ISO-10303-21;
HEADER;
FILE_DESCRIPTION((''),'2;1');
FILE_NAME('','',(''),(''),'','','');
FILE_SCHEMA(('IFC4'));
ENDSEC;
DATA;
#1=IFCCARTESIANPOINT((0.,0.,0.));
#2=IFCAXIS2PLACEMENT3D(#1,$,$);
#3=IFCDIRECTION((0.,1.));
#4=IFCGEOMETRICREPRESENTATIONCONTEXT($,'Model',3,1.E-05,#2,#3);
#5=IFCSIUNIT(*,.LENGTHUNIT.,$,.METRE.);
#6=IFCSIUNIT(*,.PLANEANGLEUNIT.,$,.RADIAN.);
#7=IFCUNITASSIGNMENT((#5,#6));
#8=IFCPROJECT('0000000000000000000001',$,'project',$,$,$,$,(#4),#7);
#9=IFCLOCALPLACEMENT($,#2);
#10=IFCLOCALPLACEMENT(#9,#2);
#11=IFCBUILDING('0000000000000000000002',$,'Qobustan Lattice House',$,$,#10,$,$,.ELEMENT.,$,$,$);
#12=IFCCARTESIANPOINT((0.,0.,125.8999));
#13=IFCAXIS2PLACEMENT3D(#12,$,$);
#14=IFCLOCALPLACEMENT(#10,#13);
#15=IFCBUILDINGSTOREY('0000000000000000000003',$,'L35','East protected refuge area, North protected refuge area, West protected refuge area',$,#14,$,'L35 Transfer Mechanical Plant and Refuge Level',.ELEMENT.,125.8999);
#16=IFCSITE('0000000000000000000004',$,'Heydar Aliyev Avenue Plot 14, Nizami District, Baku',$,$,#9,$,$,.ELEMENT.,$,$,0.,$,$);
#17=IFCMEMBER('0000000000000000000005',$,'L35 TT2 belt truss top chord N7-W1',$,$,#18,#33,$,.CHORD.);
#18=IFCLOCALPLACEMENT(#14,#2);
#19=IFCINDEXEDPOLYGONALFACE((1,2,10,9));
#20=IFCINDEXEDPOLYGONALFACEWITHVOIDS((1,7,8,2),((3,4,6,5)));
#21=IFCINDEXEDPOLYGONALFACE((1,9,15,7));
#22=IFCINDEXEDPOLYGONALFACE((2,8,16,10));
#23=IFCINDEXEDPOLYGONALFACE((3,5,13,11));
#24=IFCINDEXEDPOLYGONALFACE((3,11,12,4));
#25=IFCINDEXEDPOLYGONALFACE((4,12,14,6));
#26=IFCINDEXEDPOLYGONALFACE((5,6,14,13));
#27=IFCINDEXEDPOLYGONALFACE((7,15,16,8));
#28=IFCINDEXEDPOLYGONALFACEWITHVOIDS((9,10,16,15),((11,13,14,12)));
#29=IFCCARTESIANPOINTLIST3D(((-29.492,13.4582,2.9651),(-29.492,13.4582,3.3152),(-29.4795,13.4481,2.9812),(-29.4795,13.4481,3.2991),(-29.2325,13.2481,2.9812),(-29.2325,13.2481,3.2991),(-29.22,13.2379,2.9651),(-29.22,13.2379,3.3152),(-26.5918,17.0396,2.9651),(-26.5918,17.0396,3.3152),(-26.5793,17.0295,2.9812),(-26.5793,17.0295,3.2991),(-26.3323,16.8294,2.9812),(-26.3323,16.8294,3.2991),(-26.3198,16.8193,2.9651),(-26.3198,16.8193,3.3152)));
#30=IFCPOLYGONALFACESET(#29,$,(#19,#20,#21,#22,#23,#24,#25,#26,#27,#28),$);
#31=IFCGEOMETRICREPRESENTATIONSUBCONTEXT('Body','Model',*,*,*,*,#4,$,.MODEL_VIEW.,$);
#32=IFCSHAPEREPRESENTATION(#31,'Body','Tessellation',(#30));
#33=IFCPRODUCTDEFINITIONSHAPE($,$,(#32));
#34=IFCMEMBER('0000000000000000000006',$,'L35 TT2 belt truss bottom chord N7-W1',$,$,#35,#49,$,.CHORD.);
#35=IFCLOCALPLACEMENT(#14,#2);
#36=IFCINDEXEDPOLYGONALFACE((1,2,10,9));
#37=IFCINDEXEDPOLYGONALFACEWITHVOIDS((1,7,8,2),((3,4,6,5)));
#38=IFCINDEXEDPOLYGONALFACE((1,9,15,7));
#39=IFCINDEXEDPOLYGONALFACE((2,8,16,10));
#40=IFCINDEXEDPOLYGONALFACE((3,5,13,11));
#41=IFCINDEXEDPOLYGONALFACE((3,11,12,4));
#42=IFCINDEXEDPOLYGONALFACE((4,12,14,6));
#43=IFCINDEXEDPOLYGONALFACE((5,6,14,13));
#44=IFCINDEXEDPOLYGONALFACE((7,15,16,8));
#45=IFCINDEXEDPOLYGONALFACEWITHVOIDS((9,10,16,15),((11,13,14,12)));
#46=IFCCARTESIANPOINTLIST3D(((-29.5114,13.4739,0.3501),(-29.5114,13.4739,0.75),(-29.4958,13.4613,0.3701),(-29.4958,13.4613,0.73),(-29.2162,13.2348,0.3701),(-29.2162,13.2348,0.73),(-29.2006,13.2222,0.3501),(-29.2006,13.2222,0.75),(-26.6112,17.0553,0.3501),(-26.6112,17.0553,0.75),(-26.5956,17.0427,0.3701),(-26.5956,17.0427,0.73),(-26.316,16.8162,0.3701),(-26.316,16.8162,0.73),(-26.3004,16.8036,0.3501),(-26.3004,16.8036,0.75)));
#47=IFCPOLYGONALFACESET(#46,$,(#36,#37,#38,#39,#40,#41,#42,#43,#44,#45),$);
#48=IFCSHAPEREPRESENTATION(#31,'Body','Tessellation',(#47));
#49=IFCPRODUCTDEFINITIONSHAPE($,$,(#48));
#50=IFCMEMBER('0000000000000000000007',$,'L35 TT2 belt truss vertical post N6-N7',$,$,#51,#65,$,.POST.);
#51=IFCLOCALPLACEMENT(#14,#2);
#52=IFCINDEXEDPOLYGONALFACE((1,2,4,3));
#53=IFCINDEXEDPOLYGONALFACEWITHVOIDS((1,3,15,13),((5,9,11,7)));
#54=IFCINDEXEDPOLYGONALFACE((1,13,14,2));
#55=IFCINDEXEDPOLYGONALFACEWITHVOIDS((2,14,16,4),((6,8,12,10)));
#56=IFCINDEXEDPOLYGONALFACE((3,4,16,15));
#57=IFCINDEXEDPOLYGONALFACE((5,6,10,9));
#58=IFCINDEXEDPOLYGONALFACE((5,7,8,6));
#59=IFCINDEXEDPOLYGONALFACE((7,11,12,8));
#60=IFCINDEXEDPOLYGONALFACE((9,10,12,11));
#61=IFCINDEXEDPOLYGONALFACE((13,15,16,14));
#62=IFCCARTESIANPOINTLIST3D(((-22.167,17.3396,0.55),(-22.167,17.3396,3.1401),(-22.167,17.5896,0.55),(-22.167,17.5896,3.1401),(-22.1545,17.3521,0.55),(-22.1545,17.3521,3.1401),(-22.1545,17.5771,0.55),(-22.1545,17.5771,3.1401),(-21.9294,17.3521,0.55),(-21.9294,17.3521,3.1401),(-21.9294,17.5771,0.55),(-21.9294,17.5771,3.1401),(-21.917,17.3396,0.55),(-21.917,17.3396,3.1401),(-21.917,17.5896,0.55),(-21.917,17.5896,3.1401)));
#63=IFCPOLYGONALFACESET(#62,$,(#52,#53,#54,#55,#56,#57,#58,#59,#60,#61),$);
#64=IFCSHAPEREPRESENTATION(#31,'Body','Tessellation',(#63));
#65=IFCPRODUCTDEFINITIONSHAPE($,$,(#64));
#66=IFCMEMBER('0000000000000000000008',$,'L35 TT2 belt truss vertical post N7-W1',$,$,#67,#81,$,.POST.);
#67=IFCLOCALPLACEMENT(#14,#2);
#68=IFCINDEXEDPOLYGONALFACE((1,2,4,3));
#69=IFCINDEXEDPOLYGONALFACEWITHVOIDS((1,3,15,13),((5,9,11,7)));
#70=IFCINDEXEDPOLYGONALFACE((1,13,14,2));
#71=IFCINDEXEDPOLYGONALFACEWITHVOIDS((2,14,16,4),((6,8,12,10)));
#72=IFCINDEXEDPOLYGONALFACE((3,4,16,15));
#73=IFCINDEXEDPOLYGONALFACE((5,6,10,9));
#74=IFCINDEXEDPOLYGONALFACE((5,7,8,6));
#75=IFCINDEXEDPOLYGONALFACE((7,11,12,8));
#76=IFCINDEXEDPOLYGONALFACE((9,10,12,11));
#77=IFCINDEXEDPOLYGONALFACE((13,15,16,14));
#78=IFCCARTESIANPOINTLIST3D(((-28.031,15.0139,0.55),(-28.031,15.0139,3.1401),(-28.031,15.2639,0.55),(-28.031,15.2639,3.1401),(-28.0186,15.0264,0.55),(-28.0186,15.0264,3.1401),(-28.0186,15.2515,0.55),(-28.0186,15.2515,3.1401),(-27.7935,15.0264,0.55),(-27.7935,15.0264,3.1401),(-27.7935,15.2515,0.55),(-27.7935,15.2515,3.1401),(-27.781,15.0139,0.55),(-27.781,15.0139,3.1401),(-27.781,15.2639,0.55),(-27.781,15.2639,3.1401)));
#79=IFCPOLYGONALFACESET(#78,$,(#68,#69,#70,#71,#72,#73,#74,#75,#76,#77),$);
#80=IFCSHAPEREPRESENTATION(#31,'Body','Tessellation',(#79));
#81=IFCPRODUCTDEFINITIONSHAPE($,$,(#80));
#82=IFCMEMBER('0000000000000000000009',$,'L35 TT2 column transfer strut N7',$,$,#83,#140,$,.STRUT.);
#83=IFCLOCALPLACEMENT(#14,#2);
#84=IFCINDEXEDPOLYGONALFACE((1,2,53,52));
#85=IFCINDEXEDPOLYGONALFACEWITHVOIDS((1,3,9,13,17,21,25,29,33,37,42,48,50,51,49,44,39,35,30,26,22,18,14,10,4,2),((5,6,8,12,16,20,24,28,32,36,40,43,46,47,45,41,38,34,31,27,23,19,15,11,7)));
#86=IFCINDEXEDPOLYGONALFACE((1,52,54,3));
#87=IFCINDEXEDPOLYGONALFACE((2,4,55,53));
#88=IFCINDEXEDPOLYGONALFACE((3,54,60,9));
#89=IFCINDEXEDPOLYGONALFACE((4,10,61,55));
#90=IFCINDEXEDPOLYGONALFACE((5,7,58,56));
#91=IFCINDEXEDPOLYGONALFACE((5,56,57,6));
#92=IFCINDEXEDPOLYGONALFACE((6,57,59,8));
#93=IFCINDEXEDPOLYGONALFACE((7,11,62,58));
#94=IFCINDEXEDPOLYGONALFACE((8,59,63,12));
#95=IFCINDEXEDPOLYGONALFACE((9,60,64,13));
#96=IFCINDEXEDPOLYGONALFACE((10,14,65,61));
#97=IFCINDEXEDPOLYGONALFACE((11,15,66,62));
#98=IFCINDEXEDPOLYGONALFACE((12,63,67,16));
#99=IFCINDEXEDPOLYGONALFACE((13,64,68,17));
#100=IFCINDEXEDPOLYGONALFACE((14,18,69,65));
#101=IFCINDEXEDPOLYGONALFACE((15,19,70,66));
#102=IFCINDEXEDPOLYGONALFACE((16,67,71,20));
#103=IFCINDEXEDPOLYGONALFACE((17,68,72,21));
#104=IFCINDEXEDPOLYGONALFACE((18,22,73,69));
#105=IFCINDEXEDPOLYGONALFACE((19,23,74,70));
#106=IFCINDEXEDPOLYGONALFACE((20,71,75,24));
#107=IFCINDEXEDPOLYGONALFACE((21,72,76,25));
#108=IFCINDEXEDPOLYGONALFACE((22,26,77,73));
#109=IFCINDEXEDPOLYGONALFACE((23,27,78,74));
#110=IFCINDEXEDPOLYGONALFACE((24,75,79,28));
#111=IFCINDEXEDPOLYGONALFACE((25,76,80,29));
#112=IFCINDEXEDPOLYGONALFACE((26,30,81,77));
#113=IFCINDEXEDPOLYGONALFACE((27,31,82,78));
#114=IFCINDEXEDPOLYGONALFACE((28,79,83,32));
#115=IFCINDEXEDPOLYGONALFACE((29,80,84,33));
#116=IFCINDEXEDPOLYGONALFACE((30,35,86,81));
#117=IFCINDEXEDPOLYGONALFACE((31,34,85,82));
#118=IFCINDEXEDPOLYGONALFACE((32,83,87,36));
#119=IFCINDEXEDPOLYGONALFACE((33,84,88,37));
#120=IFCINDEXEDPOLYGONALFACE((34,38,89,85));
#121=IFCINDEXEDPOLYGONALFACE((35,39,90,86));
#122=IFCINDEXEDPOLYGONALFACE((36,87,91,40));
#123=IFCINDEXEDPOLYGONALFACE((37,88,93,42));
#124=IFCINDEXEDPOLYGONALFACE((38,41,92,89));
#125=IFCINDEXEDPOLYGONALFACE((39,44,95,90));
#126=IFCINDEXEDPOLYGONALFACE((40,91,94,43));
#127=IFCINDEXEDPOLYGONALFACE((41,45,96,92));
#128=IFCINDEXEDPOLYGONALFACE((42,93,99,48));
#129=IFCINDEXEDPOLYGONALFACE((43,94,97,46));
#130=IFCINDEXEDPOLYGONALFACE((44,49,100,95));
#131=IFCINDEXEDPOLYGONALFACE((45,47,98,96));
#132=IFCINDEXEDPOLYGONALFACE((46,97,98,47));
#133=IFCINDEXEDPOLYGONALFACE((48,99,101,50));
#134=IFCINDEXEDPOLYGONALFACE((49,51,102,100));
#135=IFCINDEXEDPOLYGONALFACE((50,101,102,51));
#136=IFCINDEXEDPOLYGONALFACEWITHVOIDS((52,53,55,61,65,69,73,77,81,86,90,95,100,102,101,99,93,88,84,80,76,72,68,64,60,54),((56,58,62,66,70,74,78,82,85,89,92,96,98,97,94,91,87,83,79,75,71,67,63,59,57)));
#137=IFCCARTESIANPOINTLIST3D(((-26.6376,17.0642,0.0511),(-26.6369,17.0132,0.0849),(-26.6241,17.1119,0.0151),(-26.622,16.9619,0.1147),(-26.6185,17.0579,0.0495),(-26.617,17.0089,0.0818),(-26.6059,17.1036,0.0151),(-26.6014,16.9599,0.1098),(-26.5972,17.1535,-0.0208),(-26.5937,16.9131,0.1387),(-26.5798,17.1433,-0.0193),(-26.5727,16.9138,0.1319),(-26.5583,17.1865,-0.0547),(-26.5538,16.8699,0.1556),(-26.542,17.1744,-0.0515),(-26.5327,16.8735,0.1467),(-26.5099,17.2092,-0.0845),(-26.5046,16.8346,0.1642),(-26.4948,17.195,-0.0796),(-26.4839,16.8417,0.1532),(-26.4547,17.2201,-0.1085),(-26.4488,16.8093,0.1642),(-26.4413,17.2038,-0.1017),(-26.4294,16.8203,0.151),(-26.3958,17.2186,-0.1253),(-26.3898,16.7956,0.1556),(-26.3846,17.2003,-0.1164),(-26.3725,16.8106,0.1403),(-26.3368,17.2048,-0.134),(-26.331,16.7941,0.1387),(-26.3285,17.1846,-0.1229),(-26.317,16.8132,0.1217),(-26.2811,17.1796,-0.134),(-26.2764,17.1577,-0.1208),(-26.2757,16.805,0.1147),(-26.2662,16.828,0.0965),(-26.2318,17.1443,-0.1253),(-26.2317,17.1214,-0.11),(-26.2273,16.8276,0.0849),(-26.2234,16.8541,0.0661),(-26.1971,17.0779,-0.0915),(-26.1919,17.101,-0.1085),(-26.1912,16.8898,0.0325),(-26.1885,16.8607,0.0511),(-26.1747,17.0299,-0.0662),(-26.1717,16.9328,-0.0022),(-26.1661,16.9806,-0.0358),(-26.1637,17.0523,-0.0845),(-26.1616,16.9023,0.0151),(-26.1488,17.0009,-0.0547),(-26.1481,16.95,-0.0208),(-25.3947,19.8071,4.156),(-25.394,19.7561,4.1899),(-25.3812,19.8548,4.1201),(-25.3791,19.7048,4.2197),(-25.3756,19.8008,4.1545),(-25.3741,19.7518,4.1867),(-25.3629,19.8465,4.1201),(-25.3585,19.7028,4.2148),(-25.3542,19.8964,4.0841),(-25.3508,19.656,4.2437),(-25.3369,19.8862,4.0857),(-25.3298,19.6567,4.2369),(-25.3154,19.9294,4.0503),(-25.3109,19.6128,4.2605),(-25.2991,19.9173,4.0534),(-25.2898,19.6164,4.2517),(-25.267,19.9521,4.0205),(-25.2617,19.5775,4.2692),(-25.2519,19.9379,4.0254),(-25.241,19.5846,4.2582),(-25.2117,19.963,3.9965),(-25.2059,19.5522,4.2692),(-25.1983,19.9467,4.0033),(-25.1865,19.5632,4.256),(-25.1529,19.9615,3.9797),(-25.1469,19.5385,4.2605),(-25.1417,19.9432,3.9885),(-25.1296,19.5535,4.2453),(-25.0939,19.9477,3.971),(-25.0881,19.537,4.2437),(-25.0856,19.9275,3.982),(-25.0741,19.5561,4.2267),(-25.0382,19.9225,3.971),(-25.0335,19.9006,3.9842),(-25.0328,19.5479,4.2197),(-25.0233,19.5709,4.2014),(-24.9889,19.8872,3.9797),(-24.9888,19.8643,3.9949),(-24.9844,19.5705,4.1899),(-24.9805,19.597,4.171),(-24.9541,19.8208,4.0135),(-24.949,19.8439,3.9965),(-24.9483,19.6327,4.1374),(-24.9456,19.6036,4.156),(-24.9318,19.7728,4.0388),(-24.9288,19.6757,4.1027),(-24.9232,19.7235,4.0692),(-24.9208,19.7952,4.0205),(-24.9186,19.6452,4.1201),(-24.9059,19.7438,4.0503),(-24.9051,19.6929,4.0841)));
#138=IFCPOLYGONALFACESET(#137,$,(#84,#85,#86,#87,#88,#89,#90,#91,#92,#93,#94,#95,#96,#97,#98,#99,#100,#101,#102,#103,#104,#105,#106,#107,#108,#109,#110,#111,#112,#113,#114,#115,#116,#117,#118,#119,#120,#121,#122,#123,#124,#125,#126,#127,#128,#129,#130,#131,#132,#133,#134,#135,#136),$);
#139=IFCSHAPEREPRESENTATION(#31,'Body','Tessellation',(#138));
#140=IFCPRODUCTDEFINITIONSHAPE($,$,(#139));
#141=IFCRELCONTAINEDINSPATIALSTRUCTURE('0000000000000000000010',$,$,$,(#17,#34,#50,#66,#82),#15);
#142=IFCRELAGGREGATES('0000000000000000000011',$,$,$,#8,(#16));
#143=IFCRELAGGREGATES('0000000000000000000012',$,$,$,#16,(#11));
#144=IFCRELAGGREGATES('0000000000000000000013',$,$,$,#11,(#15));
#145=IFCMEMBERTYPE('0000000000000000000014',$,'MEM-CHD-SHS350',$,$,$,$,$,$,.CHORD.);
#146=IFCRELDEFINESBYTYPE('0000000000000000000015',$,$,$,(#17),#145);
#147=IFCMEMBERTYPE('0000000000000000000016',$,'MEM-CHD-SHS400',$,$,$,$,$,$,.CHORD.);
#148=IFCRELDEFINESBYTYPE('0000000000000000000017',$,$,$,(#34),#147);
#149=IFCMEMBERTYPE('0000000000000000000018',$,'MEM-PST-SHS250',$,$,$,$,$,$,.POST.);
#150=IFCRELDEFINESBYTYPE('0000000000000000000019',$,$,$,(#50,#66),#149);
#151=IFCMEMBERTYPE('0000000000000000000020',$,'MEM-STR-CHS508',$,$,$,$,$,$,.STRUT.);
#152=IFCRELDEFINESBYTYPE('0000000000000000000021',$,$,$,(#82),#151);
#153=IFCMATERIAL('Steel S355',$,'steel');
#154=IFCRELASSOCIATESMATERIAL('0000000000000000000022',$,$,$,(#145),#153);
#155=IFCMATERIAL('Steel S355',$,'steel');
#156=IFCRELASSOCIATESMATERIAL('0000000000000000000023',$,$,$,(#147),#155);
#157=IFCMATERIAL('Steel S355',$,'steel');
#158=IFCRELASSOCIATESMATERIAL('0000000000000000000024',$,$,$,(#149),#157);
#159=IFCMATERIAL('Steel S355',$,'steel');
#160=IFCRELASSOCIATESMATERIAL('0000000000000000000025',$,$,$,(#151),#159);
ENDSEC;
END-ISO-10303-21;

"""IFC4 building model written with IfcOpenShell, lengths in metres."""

from ifc_helpers import new_model, si_unit, direction, frame, origin, origin_2d, place, context, subcontext, project, spatial, hollow_rectangle, hollow_circle, extrude, material, material_profile, profile_set, type_object, element, save


model = new_model("IFC4")

# Units and contexts
model_context = context("Model", 3, precision=1e-05, world=origin(), true_north=direction((0.0, 1.0)))
body_context = subcontext(model_context, "Body", "Model", "MODEL_VIEW")
ifc_project = project(units=[si_unit("LENGTHUNIT", "METRE"), si_unit("PLANEANGLEUNIT", "RADIAN")], contexts=[model_context])

# Site, building, storey
site_placement = place(None, origin())
site = spatial("IfcSite", under=ifc_project, at=site_placement, Name="Heydar Aliyev Avenue Plot 14, Nizami District, Baku", CompositionType="ELEMENT", RefElevation=0.0)
building_placement = place(site_placement, origin())
building = spatial("IfcBuilding", under=site, at=building_placement, Name="Qobustan Lattice House", CompositionType="ELEMENT")
storey_placement = place(building_placement, frame((0.0, 0.0, 125.8999)))
storey = spatial("IfcBuildingStorey", under=building, at=storey_placement, Name="L35", Description="East protected refuge area, North protected refuge area, West protected refuge area", LongName="L35 Transfer Mechanical Plant and Refuge Level", CompositionType="ELEMENT", Elevation=125.8999)

# Members
ifc_material_1 = material(Name="Steel S355", Category="steel")
ifc_material_profile_1 = material_profile(ifc_material_1, hollow_rectangle(XDim=0.3501, YDim=0.3501, WallThickness=0.0161, at=origin_2d()), Name="SHS350x350x16")
ifc_profile_set_1 = profile_set([ifc_material_profile_1], Name="Steel S355")
member_type_1 = type_object("IfcMemberType", Name="MEM-CHD-SHS350", PredefinedType="CHORD", material=ifc_profile_set_1)
member_1_placement = place(storey_placement, frame((-26.4558, 16.9294, 3.1401), z_axis=(-0.629329, -0.777139, 0.0), x_axis=(0.777139, -0.629329, 0.0)))
element("IfcMember", 1, at=member_1_placement, inside=storey, type_object=member_type_1, Name="L35 TT2 belt truss top chord N7-W1", PredefinedType="CHORD", context=body_context, shape_type="SweptSolid", body=[
    extrude(hollow_rectangle(XDim=0.3501, YDim=0.3501, WallThickness=0.0161, at=origin_2d()), origin(), (0.0, 0.0, 1.0), 4.6084),
])
ifc_material_2 = material(Name="Steel S355", Category="steel")
ifc_material_profile_2 = material_profile(ifc_material_2, hollow_rectangle(XDim=0.3999, YDim=0.3999, WallThickness=0.02, at=origin_2d()), Name="SHS400x400x20")
ifc_profile_set_2 = profile_set([ifc_material_profile_2], Name="Steel S355")
member_type_2 = type_object("IfcMemberType", Name="MEM-CHD-SHS400", PredefinedType="CHORD", material=ifc_profile_set_2)
member_2_placement = place(storey_placement, frame((-26.4558, 16.9294, 0.55), z_axis=(-0.629329, -0.777139, 0.0), x_axis=(0.777139, -0.629329, 0.0)))
element("IfcMember", 2, at=member_2_placement, inside=storey, type_object=member_type_2, Name="L35 TT2 belt truss bottom chord N7-W1", PredefinedType="CHORD", context=body_context, shape_type="SweptSolid", body=[
    extrude(hollow_rectangle(XDim=0.3999, YDim=0.3999, WallThickness=0.02, at=origin_2d()), origin(), (0.0, 0.0, 1.0), 4.6084),
])
ifc_material_3 = material(Name="Steel S355", Category="steel")
ifc_material_profile_3 = material_profile(ifc_material_3, hollow_rectangle(XDim=0.25, YDim=0.25, WallThickness=0.0125, at=origin_2d()), Name="SHS250x250x12.5")
ifc_profile_set_3 = profile_set([ifc_material_profile_3], Name="Steel S355")
member_type_3 = type_object("IfcMemberType", Name="MEM-PST-SHS250", PredefinedType="POST", material=ifc_profile_set_3)
for number, where, z_axis, x_axis, name in (
    (3, (-22.042, 17.4646, 0.55), (0.0, 0.0, 1.0), (1.0, 0.0, 0.0), "L35 TT2 belt truss vertical post N6-N7"),
    (4, (-27.906, 15.1389, 0.55), (0.0, 0.0, 1.0), (1.0, 0.0, 0.0), "L35 TT2 belt truss vertical post N7-W1"),
):
    element("IfcMember", number, at=place(storey_placement, frame(where, z_axis=z_axis, x_axis=x_axis)), inside=storey, type_object=member_type_3, Name=name, PredefinedType="POST", context=body_context, shape_type="SweptSolid", body=[
        extrude(hollow_rectangle(XDim=0.25, YDim=0.25, WallThickness=0.0125, at=origin_2d()), origin(), (0.0, 0.0, 1.0), 2.5901),
    ])
ifc_material_4 = material(Name="Steel S355", Category="steel")
ifc_material_profile_4 = material_profile(ifc_material_4, hollow_circle(Radius=0.2539, WallThickness=0.02, at=origin_2d()), Name="CHS508x20")
ifc_profile_set_4 = profile_set([ifc_material_profile_4], Name="Steel S355")
member_type_4 = type_object("IfcMemberType", Name="MEM-STR-CHS508", PredefinedType="STRUT", material=ifc_profile_set_4)
member_3_placement = place(storey_placement, frame((-26.3928, 17.0071, 0.0151), z_axis=(0.244136, 0.538767, 0.806305), x_axis=(-0.910849, 0.41274, 0.0)))
element("IfcMember", 5, at=member_3_placement, inside=storey, type_object=member_type_4, Name="L35 TT2 column transfer strut N7", PredefinedType="STRUT", context=body_context, shape_type="SweptSolid", body=[
    extrude(hollow_circle(Radius=0.2539, WallThickness=0.02, at=origin_2d()), origin(), (0.0, 0.0, 1.0), 5.0911),
])

save(model, "model.ifc")
